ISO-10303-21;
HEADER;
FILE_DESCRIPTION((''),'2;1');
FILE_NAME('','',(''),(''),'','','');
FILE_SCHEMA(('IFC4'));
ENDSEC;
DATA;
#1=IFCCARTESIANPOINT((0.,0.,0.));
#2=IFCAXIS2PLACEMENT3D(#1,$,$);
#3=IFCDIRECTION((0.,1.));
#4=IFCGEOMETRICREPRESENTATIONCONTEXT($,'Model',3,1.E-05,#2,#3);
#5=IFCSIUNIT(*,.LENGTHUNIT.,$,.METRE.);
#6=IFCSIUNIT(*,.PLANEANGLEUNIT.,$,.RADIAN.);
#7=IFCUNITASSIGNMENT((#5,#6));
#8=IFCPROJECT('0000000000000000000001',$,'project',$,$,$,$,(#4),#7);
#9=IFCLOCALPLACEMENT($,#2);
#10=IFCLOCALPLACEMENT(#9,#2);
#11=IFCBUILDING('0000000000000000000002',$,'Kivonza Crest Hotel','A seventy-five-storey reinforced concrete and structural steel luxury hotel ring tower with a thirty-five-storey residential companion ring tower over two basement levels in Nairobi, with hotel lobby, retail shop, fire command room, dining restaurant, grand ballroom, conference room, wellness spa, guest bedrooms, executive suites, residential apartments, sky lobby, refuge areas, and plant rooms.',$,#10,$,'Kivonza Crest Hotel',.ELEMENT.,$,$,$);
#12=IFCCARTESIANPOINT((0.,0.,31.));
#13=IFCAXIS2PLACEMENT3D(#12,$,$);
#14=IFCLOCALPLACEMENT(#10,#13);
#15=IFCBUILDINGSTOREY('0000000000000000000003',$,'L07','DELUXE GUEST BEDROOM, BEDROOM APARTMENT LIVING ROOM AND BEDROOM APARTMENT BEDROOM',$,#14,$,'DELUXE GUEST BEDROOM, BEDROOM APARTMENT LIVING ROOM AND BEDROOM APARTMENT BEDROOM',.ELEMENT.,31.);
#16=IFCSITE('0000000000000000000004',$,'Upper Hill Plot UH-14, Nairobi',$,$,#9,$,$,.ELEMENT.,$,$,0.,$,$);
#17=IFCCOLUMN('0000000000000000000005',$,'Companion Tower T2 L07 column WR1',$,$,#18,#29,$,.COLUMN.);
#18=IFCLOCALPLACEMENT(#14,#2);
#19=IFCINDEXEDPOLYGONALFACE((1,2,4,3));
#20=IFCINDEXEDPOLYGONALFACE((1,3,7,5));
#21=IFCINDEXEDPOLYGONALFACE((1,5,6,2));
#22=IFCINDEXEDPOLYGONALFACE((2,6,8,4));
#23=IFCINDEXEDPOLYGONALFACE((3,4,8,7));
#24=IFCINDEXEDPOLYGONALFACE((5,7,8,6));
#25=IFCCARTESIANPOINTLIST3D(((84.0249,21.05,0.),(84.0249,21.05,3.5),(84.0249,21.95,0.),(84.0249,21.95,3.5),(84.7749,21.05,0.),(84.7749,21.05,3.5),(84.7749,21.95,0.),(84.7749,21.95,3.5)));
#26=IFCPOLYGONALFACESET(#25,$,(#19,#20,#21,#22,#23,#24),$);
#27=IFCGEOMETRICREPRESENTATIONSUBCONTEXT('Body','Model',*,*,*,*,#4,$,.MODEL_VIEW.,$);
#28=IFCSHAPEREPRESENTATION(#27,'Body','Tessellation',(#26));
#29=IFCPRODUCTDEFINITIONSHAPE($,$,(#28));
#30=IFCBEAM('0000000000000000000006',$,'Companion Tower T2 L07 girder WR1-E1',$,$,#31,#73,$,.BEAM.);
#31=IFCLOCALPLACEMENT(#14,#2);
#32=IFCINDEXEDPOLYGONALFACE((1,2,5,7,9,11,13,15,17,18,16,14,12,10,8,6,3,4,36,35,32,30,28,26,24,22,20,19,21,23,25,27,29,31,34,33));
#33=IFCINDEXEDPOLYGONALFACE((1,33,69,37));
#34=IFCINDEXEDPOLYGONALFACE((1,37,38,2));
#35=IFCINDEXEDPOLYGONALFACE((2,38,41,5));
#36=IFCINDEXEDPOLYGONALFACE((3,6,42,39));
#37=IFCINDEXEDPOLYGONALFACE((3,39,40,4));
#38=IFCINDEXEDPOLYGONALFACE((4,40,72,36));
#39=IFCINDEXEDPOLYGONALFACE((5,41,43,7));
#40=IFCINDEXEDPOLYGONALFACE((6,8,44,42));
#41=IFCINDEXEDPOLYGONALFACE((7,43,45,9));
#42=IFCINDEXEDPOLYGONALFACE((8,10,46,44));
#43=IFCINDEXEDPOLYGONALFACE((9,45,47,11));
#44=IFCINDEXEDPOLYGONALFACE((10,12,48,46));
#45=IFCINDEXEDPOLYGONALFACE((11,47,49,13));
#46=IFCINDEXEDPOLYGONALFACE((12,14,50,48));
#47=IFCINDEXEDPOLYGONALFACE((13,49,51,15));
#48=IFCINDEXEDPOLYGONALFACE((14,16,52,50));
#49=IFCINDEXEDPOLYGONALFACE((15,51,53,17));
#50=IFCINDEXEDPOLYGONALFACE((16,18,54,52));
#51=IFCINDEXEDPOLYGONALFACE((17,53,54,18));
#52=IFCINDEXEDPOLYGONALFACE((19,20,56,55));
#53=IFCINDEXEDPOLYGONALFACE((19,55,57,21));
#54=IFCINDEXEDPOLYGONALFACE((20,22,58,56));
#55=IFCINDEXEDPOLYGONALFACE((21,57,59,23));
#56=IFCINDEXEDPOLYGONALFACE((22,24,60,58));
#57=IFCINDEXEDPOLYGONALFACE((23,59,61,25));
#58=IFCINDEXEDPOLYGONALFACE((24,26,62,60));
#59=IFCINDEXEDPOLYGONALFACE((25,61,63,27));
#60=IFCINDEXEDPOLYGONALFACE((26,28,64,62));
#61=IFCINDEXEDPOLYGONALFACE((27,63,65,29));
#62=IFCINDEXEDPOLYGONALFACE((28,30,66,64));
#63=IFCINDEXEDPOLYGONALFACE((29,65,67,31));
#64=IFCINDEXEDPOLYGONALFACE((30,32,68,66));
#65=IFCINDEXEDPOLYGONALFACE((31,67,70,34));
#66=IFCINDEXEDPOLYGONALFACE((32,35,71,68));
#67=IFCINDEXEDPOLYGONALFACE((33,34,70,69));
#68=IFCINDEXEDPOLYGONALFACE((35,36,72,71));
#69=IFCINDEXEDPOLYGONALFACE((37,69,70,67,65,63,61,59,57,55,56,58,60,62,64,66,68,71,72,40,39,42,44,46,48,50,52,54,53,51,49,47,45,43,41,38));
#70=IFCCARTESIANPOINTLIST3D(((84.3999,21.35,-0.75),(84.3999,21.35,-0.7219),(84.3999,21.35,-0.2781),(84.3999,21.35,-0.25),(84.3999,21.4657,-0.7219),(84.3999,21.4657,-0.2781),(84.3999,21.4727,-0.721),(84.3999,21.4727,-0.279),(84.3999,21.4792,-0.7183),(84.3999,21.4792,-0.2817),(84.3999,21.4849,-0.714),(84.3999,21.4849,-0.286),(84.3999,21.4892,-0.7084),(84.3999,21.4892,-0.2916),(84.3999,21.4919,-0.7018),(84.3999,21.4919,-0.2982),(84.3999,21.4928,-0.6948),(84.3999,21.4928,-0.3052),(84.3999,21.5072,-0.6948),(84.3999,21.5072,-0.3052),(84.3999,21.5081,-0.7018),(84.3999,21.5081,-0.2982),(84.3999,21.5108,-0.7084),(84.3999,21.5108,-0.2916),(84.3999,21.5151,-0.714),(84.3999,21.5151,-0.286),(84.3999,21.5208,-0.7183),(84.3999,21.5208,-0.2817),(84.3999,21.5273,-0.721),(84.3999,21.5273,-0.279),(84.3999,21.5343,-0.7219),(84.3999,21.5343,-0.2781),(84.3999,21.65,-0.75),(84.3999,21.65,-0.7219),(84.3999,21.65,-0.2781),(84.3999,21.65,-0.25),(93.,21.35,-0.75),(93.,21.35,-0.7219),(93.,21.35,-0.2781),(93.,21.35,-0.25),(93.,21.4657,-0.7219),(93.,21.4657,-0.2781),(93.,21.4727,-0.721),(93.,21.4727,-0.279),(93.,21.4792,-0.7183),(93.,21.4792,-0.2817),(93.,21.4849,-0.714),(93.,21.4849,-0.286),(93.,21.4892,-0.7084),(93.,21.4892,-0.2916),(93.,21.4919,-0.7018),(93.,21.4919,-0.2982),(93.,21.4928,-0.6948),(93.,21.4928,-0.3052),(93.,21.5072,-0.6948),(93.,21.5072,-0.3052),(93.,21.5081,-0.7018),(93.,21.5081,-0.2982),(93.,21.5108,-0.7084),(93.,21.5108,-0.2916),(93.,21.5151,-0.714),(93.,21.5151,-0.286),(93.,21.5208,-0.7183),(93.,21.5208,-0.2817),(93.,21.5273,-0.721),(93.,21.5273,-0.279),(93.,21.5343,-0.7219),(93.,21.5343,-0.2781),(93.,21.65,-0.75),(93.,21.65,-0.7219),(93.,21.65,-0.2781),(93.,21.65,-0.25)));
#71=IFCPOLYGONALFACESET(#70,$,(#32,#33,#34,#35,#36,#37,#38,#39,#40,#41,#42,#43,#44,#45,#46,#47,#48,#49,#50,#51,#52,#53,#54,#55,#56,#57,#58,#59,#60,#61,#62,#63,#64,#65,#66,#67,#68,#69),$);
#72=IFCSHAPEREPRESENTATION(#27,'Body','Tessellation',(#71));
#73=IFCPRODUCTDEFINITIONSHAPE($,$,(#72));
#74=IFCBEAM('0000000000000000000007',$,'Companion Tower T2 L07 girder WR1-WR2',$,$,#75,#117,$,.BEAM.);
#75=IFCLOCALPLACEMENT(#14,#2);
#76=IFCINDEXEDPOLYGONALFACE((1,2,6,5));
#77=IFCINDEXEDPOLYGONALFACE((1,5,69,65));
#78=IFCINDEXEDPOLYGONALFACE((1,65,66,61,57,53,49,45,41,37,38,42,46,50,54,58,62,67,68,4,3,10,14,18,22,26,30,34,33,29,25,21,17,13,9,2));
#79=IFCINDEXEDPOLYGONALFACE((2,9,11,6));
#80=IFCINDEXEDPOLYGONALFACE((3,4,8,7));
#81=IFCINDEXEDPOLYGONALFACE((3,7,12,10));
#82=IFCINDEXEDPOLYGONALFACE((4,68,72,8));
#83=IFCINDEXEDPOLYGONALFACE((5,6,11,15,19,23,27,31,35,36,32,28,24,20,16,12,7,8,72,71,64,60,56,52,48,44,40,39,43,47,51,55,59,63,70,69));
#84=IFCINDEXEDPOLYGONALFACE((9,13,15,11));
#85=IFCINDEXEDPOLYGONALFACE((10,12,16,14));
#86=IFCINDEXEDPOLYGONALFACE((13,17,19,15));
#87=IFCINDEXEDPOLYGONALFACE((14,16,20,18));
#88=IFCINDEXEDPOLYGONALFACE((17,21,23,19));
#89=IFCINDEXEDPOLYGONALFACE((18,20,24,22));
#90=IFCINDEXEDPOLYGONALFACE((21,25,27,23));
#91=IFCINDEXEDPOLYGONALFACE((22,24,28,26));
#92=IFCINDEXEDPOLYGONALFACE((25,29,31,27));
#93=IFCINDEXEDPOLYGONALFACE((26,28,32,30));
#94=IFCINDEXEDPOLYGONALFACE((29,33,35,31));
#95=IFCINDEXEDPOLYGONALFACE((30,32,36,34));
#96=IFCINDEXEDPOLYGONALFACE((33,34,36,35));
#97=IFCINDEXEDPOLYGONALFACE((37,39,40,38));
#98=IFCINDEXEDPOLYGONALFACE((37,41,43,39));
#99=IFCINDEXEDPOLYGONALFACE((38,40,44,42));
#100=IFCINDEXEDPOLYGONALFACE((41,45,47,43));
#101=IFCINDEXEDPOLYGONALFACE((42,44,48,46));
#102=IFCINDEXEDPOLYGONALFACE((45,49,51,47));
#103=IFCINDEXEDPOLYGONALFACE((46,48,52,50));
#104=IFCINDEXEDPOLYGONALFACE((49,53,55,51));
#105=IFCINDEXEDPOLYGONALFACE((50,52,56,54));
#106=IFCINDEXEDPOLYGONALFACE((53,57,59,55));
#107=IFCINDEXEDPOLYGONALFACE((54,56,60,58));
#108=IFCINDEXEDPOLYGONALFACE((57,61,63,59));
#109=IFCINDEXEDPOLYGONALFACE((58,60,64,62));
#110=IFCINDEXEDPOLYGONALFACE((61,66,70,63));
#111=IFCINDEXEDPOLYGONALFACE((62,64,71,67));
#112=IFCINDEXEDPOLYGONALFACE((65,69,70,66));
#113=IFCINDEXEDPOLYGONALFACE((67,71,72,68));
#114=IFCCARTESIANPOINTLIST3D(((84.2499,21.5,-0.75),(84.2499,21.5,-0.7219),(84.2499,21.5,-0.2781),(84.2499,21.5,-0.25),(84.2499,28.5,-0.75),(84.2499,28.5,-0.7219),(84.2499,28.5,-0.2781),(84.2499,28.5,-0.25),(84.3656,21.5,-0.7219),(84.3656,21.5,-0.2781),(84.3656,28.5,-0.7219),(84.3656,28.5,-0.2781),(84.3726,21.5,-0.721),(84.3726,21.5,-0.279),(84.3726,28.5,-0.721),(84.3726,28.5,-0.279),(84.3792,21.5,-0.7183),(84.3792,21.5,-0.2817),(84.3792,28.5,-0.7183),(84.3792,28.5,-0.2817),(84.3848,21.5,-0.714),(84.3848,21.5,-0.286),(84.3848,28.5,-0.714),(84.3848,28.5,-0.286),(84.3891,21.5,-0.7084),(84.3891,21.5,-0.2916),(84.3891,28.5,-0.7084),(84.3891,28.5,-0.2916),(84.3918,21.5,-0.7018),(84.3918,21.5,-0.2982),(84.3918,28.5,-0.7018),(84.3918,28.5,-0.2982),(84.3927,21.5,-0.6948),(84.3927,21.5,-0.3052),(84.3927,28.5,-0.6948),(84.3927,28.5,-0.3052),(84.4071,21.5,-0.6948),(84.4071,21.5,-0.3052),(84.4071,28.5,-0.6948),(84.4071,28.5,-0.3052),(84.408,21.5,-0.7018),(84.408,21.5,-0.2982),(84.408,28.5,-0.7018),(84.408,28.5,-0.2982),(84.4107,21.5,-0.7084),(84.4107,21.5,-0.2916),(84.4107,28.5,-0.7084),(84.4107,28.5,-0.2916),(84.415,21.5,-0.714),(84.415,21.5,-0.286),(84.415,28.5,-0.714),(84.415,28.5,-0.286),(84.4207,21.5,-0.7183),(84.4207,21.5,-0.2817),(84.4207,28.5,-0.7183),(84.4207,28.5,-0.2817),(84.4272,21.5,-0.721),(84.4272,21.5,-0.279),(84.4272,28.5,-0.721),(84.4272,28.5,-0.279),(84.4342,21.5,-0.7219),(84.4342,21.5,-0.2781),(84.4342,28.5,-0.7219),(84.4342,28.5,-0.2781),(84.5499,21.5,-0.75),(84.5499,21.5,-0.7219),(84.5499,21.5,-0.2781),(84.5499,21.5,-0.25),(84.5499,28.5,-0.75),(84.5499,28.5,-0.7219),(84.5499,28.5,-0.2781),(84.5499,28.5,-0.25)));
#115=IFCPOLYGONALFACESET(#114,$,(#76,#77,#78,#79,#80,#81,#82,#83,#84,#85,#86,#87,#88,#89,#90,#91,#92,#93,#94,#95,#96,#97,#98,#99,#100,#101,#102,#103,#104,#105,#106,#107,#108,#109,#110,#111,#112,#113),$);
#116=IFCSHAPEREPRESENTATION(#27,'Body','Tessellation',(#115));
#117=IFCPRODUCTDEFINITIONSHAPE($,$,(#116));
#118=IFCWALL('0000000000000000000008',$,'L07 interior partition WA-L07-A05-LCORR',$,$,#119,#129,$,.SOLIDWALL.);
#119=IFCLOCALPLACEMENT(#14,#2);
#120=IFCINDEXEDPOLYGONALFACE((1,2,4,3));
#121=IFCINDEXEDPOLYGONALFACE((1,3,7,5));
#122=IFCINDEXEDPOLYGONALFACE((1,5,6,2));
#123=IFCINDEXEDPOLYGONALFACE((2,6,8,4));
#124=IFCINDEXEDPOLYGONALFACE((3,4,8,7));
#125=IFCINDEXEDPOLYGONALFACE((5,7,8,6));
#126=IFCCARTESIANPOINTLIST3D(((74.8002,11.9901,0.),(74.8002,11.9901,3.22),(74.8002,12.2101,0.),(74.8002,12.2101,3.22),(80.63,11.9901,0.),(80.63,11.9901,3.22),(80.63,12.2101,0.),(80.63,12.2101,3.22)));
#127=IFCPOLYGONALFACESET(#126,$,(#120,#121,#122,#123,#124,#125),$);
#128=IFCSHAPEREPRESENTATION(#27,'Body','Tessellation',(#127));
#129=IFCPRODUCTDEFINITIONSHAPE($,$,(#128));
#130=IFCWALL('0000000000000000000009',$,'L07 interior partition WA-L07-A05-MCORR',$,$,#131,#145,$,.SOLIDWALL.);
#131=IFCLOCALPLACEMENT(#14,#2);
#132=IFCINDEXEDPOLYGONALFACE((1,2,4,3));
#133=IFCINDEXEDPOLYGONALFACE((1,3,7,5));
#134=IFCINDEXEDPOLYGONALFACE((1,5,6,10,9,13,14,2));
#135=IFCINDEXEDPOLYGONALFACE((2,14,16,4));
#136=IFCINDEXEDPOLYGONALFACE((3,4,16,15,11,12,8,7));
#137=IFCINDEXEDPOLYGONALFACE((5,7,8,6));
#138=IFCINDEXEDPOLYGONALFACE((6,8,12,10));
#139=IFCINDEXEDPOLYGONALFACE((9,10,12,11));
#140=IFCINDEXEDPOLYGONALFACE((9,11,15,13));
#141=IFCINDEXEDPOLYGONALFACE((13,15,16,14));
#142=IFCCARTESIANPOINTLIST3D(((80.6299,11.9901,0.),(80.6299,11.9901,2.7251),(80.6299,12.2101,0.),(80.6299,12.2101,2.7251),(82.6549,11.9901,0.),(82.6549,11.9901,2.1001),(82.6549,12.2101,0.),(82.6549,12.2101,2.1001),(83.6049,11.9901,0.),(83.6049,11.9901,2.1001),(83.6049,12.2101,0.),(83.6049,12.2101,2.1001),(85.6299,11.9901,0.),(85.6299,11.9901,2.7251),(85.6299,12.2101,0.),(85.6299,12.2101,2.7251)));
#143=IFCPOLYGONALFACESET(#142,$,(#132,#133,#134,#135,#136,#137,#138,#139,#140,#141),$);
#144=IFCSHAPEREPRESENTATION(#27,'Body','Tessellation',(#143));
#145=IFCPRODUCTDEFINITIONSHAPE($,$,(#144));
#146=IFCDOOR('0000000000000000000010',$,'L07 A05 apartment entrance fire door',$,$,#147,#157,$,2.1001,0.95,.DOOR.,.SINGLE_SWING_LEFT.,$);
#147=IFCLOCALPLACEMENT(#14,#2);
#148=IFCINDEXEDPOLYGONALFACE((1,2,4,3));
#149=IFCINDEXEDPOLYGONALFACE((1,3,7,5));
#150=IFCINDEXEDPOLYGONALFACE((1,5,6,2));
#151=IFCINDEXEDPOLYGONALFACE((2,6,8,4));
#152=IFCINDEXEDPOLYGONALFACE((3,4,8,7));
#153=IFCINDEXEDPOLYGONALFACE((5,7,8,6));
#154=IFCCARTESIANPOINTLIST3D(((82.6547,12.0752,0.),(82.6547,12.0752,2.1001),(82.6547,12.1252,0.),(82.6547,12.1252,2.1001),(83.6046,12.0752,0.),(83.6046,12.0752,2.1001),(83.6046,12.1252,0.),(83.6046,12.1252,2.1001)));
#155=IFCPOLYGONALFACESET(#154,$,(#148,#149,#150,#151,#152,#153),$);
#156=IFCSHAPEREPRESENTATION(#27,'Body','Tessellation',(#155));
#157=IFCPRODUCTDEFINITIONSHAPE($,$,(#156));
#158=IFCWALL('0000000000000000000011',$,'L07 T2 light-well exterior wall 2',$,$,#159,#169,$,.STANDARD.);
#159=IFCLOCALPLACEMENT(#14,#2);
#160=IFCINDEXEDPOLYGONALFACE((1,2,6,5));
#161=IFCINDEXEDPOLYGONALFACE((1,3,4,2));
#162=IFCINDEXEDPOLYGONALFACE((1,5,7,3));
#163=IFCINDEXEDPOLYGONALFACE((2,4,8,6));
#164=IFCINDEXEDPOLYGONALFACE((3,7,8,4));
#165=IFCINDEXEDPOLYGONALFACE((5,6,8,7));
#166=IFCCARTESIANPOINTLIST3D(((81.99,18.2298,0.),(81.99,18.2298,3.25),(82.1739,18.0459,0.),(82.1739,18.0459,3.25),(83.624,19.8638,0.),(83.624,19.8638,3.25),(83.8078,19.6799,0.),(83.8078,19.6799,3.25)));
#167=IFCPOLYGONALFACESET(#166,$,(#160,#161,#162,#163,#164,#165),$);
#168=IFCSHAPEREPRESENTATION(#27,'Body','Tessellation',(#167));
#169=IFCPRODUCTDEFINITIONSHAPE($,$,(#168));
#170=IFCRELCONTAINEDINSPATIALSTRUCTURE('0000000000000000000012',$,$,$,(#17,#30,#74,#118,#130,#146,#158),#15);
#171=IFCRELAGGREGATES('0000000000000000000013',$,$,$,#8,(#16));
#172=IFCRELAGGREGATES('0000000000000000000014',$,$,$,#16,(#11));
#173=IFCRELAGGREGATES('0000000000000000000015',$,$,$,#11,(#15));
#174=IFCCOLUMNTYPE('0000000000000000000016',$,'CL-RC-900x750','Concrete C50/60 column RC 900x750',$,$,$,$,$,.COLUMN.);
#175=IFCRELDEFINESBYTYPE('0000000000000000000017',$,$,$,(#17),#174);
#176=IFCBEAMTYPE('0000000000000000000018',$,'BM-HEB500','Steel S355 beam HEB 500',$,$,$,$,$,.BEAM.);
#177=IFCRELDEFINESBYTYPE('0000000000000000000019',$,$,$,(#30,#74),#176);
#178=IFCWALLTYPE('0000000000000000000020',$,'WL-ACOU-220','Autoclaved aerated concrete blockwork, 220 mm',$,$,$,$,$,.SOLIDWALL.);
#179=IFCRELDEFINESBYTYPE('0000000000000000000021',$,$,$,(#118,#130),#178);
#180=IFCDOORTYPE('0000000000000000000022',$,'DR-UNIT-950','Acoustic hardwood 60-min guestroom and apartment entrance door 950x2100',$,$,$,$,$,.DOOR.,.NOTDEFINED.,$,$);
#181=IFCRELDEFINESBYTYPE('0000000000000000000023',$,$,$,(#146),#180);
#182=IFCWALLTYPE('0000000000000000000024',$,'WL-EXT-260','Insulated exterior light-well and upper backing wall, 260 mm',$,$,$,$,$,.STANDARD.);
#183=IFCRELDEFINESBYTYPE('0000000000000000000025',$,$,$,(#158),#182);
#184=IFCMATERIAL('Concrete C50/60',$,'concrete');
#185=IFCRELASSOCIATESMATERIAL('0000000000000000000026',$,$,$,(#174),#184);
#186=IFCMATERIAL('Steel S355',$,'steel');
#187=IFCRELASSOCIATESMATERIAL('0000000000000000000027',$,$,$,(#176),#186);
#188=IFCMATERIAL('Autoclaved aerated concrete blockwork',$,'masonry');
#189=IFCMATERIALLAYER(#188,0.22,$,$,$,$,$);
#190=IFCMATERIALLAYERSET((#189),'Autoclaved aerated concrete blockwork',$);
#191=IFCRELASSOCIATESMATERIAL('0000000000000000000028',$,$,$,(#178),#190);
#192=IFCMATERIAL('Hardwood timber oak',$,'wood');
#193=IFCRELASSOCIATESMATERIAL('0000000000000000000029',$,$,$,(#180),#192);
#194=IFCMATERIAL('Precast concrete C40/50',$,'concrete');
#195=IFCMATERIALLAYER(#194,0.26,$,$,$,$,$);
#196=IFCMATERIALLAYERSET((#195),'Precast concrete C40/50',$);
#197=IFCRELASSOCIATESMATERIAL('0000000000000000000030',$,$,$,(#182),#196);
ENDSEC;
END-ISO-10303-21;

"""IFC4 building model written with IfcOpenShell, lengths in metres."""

from ifc_helpers import new_model, si_unit, direction, frame, frame_2d, origin, origin_2d, place, context, subcontext, project, spatial, rectangle, i_section, extrude, material, layer, layer_set, material_profile, profile_set, type_object, element, fill, save


model = new_model("IFC4")

# Units and contexts
model_context = context("Model", 3, precision=1e-05, world=origin(), true_north=direction((0.0, 1.0)))
body_context = subcontext(model_context, "Body", "Model", "MODEL_VIEW")
ifc_project = project(units=[si_unit("LENGTHUNIT", "METRE"), si_unit("PLANEANGLEUNIT", "RADIAN")], contexts=[model_context])

# Site, building, storey
site_placement = place(None, origin())
site = spatial("IfcSite", under=ifc_project, at=site_placement, Name="Upper Hill Plot UH-14, Nairobi", CompositionType="ELEMENT", RefElevation=0.0)
building_placement = place(site_placement, origin())
building = spatial("IfcBuilding", under=site, at=building_placement, Name="Kivonza Crest Hotel", Description="A seventy-five-storey reinforced concrete and structural steel luxury hotel ring tower with a thirty-five-storey residential companion ring tower over two basement levels in Nairobi, with hotel lobby, retail shop, fire command room, dining restaurant, grand ballroom, conference room, wellness spa, guest bedrooms, executive suites, residential apartments, sky lobby, refuge areas, and plant rooms.", LongName="Kivonza Crest Hotel", CompositionType="ELEMENT")
storey_placement = place(building_placement, frame((0.0, 0.0, 31.0)))
storey = spatial("IfcBuildingStorey", under=building, at=storey_placement, Name="L07", Description="DELUXE GUEST BEDROOM, BEDROOM APARTMENT LIVING ROOM AND BEDROOM APARTMENT BEDROOM", LongName="DELUXE GUEST BEDROOM, BEDROOM APARTMENT LIVING ROOM AND BEDROOM APARTMENT BEDROOM", CompositionType="ELEMENT", Elevation=31.0)

# Column
ifc_material_1 = material(Name="Concrete C50/60", Category="concrete")
ifc_material_profile_1 = material_profile(ifc_material_1, rectangle(XDim=0.75, YDim=0.8999, at=origin_2d()), Name="RC 900x750")
ifc_profile_set_1 = profile_set([ifc_material_profile_1], Name="Concrete C50/60")
column_type = type_object("IfcColumnType", Name="CL-RC-900x750", Description="Concrete C50/60 column RC 900x750", PredefinedType="COLUMN", material=ifc_profile_set_1)
column_placement = place(storey_placement, frame((84.3999, 21.5, 0.0), z_axis=(0.0, 0.0, 1.0), x_axis=(1.0, 0.0, 0.0)))
element("IfcColumn", 1, at=column_placement, inside=storey, type_object=column_type, Name="Companion Tower T2 L07 column WR1", PredefinedType="COLUMN", context=body_context, shape_type="SweptSolid", body=[
    extrude(rectangle(XDim=0.75, YDim=0.8999, at=origin_2d()), origin(), (0.0, 0.0, 1.0), 3.5),
])

# Beams
ifc_material_2 = material(Name="Steel S355", Category="steel")
ifc_material_profile_2 = material_profile(ifc_material_2, i_section(OverallWidth=0.3, OverallDepth=0.5, WebThickness=0.0144, FlangeThickness=0.0281, FilletRadius=0.0271, at=origin_2d()), Name="HEB 500")
ifc_profile_set_2 = profile_set([ifc_material_profile_2], Name="Steel S355")
beam_type = type_object("IfcBeamType", Name="BM-HEB500", Description="Steel S355 beam HEB 500", PredefinedType="BEAM", material=ifc_profile_set_2)
beam_1_placement = place(storey_placement, frame((84.3999, 21.5, -0.5), z_axis=(1.0, 0.0, 0.0), x_axis=(0.0, 1.0, 0.0)))
element("IfcBeam", 2, at=beam_1_placement, inside=storey, type_object=beam_type, Name="Companion Tower T2 L07 girder WR1-E1", PredefinedType="BEAM", context=body_context, shape_type="SweptSolid", body=[
    extrude(i_section(OverallWidth=0.3, OverallDepth=0.5, WebThickness=0.0144, FlangeThickness=0.0281, FilletRadius=0.0271, at=origin_2d()), origin(), (0.0, 0.0, 1.0), 8.6001),
])
beam_2_placement = place(storey_placement, frame((84.3999, 21.5, -0.5), z_axis=(0.0, 1.0, 0.0), x_axis=(-1.0, 0.0, 0.0)))
element("IfcBeam", 3, at=beam_2_placement, inside=storey, type_object=beam_type, Name="Companion Tower T2 L07 girder WR1-WR2", PredefinedType="BEAM", context=body_context, shape_type="SweptSolid", body=[
    extrude(i_section(OverallWidth=0.3, OverallDepth=0.5, WebThickness=0.0144, FlangeThickness=0.0281, FilletRadius=0.0271, at=origin_2d()), origin(), (0.0, 0.0, 1.0), 7.0),
])

# Wall
ifc_material_3 = material(Name="Autoclaved aerated concrete blockwork", Category="masonry")
ifc_layer_1 = layer(ifc_material_3, 0.22)
ifc_layer_set_1 = layer_set([ifc_layer_1], Name="Autoclaved aerated concrete blockwork")
wall_type_1 = type_object("IfcWallType", Name="WL-ACOU-220", Description="Autoclaved aerated concrete blockwork, 220 mm", PredefinedType="SOLIDWALL", material=ifc_layer_set_1)
wall_1_placement = place(storey_placement, frame((74.8, 12.1001, 0.0), z_axis=(0.0, 0.0, 1.0), x_axis=(1.0, 0.0, 0.0)))
element("IfcWall", 4, at=wall_1_placement, inside=storey, type_object=wall_type_1, Name="L07 interior partition WA-L07-A05-LCORR", PredefinedType="SOLIDWALL", context=body_context, shape_type="SweptSolid", body=[
    extrude(rectangle(XDim=5.8298, YDim=0.22, at=frame_2d((2.915, 0.0))), origin(), (0.0, 0.0, 1.0), 3.22),
])

# Wall, opening, door
wall_2_placement = place(storey_placement, frame((80.6299, 12.1001, 0.0), z_axis=(0.0, 0.0, 1.0), x_axis=(1.0, 0.0, 0.0)))
wall_2 = element("IfcWall", 5, at=wall_2_placement, inside=storey, type_object=wall_type_1, Name="L07 interior partition WA-L07-A05-MCORR", PredefinedType="SOLIDWALL", context=body_context, shape_type="SweptSolid", body=[
    extrude(rectangle(XDim=5.0, YDim=0.22, at=frame_2d((2.5, 0.0))), origin(), (0.0, 0.0, 1.0), 2.7251),
])
opening_1_placement = place(wall_2_placement, frame((2.0249, 0.0, 0.0)))
opening_1 = element("IfcOpeningElement", 6, at=opening_1_placement, cuts=wall_2, PredefinedType="OPENING", context=body_context, shape_type="SweptSolid", body=[
    extrude(rectangle(XDim=0.95, YDim=2.1001, at=frame_2d((0.4751, 1.05))), frame((0.0, 0.1201, 0.0), z_axis=(0.0, -1.0, 0.0), x_axis=(1.0, 0.0, 0.0)), (0.0, 0.0, 1.0), 0.24),
])
ifc_material_4 = material(Name="Hardwood timber oak", Category="wood")
door_type_1 = type_object("IfcDoorType", Name="DR-UNIT-950", Description="Acoustic hardwood 60-min guestroom and apartment entrance door 950x2100", OperationType="NOTDEFINED", PredefinedType="DOOR", material=ifc_material_4)
door_1_placement = place(opening_1_placement, frame((0.95, 0.0, 0.0), z_axis=(0.0, 0.0, 1.0), x_axis=(-1.0, 0.0, 0.0)))
door_1 = element("IfcDoor", 7, at=door_1_placement, inside=storey, type_object=door_type_1, Name="L07 A05 apartment entrance fire door", OperationType="SINGLE_SWING_LEFT", OverallHeight=2.1001, OverallWidth=0.95, PredefinedType="DOOR", context=body_context, shape_type="SweptSolid", body=[
    extrude(rectangle(XDim=0.95, YDim=2.1001, at=frame_2d((0.4751, 1.05))), frame((0.0, 0.0249, 0.0), z_axis=(0.0, -1.0, 0.0), x_axis=(1.0, 0.0, 0.0)), (0.0, 0.0, 1.0), 0.05),
])
fill(opening_1, door_1)

# Wall
ifc_material_5 = material(Name="Precast concrete C40/50", Category="concrete")
ifc_layer_2 = layer(ifc_material_5, 0.26)
ifc_layer_set_2 = layer_set([ifc_layer_2], Name="Precast concrete C40/50")
wall_type_2 = type_object("IfcWallType", Name="WL-EXT-260", Description="Insulated exterior light-well and upper backing wall, 260 mm", PredefinedType="STANDARD", material=ifc_layer_set_2)
wall_3_placement = place(storey_placement, frame((82.082, 18.1379, 0.0), z_axis=(0.0, 0.0, 1.0), x_axis=(0.707107, 0.707107, 0.0)))
element("IfcWall", 8, at=wall_3_placement, inside=storey, type_object=wall_type_2, Name="L07 T2 light-well exterior wall 2", PredefinedType="STANDARD", context=body_context, shape_type="SweptSolid", body=[
    extrude(rectangle(XDim=2.3108, YDim=0.26, at=frame_2d((1.1553, 0.0))), origin(), (0.0, 0.0, 1.0), 3.25),
])

save(model, "model.ifc")
